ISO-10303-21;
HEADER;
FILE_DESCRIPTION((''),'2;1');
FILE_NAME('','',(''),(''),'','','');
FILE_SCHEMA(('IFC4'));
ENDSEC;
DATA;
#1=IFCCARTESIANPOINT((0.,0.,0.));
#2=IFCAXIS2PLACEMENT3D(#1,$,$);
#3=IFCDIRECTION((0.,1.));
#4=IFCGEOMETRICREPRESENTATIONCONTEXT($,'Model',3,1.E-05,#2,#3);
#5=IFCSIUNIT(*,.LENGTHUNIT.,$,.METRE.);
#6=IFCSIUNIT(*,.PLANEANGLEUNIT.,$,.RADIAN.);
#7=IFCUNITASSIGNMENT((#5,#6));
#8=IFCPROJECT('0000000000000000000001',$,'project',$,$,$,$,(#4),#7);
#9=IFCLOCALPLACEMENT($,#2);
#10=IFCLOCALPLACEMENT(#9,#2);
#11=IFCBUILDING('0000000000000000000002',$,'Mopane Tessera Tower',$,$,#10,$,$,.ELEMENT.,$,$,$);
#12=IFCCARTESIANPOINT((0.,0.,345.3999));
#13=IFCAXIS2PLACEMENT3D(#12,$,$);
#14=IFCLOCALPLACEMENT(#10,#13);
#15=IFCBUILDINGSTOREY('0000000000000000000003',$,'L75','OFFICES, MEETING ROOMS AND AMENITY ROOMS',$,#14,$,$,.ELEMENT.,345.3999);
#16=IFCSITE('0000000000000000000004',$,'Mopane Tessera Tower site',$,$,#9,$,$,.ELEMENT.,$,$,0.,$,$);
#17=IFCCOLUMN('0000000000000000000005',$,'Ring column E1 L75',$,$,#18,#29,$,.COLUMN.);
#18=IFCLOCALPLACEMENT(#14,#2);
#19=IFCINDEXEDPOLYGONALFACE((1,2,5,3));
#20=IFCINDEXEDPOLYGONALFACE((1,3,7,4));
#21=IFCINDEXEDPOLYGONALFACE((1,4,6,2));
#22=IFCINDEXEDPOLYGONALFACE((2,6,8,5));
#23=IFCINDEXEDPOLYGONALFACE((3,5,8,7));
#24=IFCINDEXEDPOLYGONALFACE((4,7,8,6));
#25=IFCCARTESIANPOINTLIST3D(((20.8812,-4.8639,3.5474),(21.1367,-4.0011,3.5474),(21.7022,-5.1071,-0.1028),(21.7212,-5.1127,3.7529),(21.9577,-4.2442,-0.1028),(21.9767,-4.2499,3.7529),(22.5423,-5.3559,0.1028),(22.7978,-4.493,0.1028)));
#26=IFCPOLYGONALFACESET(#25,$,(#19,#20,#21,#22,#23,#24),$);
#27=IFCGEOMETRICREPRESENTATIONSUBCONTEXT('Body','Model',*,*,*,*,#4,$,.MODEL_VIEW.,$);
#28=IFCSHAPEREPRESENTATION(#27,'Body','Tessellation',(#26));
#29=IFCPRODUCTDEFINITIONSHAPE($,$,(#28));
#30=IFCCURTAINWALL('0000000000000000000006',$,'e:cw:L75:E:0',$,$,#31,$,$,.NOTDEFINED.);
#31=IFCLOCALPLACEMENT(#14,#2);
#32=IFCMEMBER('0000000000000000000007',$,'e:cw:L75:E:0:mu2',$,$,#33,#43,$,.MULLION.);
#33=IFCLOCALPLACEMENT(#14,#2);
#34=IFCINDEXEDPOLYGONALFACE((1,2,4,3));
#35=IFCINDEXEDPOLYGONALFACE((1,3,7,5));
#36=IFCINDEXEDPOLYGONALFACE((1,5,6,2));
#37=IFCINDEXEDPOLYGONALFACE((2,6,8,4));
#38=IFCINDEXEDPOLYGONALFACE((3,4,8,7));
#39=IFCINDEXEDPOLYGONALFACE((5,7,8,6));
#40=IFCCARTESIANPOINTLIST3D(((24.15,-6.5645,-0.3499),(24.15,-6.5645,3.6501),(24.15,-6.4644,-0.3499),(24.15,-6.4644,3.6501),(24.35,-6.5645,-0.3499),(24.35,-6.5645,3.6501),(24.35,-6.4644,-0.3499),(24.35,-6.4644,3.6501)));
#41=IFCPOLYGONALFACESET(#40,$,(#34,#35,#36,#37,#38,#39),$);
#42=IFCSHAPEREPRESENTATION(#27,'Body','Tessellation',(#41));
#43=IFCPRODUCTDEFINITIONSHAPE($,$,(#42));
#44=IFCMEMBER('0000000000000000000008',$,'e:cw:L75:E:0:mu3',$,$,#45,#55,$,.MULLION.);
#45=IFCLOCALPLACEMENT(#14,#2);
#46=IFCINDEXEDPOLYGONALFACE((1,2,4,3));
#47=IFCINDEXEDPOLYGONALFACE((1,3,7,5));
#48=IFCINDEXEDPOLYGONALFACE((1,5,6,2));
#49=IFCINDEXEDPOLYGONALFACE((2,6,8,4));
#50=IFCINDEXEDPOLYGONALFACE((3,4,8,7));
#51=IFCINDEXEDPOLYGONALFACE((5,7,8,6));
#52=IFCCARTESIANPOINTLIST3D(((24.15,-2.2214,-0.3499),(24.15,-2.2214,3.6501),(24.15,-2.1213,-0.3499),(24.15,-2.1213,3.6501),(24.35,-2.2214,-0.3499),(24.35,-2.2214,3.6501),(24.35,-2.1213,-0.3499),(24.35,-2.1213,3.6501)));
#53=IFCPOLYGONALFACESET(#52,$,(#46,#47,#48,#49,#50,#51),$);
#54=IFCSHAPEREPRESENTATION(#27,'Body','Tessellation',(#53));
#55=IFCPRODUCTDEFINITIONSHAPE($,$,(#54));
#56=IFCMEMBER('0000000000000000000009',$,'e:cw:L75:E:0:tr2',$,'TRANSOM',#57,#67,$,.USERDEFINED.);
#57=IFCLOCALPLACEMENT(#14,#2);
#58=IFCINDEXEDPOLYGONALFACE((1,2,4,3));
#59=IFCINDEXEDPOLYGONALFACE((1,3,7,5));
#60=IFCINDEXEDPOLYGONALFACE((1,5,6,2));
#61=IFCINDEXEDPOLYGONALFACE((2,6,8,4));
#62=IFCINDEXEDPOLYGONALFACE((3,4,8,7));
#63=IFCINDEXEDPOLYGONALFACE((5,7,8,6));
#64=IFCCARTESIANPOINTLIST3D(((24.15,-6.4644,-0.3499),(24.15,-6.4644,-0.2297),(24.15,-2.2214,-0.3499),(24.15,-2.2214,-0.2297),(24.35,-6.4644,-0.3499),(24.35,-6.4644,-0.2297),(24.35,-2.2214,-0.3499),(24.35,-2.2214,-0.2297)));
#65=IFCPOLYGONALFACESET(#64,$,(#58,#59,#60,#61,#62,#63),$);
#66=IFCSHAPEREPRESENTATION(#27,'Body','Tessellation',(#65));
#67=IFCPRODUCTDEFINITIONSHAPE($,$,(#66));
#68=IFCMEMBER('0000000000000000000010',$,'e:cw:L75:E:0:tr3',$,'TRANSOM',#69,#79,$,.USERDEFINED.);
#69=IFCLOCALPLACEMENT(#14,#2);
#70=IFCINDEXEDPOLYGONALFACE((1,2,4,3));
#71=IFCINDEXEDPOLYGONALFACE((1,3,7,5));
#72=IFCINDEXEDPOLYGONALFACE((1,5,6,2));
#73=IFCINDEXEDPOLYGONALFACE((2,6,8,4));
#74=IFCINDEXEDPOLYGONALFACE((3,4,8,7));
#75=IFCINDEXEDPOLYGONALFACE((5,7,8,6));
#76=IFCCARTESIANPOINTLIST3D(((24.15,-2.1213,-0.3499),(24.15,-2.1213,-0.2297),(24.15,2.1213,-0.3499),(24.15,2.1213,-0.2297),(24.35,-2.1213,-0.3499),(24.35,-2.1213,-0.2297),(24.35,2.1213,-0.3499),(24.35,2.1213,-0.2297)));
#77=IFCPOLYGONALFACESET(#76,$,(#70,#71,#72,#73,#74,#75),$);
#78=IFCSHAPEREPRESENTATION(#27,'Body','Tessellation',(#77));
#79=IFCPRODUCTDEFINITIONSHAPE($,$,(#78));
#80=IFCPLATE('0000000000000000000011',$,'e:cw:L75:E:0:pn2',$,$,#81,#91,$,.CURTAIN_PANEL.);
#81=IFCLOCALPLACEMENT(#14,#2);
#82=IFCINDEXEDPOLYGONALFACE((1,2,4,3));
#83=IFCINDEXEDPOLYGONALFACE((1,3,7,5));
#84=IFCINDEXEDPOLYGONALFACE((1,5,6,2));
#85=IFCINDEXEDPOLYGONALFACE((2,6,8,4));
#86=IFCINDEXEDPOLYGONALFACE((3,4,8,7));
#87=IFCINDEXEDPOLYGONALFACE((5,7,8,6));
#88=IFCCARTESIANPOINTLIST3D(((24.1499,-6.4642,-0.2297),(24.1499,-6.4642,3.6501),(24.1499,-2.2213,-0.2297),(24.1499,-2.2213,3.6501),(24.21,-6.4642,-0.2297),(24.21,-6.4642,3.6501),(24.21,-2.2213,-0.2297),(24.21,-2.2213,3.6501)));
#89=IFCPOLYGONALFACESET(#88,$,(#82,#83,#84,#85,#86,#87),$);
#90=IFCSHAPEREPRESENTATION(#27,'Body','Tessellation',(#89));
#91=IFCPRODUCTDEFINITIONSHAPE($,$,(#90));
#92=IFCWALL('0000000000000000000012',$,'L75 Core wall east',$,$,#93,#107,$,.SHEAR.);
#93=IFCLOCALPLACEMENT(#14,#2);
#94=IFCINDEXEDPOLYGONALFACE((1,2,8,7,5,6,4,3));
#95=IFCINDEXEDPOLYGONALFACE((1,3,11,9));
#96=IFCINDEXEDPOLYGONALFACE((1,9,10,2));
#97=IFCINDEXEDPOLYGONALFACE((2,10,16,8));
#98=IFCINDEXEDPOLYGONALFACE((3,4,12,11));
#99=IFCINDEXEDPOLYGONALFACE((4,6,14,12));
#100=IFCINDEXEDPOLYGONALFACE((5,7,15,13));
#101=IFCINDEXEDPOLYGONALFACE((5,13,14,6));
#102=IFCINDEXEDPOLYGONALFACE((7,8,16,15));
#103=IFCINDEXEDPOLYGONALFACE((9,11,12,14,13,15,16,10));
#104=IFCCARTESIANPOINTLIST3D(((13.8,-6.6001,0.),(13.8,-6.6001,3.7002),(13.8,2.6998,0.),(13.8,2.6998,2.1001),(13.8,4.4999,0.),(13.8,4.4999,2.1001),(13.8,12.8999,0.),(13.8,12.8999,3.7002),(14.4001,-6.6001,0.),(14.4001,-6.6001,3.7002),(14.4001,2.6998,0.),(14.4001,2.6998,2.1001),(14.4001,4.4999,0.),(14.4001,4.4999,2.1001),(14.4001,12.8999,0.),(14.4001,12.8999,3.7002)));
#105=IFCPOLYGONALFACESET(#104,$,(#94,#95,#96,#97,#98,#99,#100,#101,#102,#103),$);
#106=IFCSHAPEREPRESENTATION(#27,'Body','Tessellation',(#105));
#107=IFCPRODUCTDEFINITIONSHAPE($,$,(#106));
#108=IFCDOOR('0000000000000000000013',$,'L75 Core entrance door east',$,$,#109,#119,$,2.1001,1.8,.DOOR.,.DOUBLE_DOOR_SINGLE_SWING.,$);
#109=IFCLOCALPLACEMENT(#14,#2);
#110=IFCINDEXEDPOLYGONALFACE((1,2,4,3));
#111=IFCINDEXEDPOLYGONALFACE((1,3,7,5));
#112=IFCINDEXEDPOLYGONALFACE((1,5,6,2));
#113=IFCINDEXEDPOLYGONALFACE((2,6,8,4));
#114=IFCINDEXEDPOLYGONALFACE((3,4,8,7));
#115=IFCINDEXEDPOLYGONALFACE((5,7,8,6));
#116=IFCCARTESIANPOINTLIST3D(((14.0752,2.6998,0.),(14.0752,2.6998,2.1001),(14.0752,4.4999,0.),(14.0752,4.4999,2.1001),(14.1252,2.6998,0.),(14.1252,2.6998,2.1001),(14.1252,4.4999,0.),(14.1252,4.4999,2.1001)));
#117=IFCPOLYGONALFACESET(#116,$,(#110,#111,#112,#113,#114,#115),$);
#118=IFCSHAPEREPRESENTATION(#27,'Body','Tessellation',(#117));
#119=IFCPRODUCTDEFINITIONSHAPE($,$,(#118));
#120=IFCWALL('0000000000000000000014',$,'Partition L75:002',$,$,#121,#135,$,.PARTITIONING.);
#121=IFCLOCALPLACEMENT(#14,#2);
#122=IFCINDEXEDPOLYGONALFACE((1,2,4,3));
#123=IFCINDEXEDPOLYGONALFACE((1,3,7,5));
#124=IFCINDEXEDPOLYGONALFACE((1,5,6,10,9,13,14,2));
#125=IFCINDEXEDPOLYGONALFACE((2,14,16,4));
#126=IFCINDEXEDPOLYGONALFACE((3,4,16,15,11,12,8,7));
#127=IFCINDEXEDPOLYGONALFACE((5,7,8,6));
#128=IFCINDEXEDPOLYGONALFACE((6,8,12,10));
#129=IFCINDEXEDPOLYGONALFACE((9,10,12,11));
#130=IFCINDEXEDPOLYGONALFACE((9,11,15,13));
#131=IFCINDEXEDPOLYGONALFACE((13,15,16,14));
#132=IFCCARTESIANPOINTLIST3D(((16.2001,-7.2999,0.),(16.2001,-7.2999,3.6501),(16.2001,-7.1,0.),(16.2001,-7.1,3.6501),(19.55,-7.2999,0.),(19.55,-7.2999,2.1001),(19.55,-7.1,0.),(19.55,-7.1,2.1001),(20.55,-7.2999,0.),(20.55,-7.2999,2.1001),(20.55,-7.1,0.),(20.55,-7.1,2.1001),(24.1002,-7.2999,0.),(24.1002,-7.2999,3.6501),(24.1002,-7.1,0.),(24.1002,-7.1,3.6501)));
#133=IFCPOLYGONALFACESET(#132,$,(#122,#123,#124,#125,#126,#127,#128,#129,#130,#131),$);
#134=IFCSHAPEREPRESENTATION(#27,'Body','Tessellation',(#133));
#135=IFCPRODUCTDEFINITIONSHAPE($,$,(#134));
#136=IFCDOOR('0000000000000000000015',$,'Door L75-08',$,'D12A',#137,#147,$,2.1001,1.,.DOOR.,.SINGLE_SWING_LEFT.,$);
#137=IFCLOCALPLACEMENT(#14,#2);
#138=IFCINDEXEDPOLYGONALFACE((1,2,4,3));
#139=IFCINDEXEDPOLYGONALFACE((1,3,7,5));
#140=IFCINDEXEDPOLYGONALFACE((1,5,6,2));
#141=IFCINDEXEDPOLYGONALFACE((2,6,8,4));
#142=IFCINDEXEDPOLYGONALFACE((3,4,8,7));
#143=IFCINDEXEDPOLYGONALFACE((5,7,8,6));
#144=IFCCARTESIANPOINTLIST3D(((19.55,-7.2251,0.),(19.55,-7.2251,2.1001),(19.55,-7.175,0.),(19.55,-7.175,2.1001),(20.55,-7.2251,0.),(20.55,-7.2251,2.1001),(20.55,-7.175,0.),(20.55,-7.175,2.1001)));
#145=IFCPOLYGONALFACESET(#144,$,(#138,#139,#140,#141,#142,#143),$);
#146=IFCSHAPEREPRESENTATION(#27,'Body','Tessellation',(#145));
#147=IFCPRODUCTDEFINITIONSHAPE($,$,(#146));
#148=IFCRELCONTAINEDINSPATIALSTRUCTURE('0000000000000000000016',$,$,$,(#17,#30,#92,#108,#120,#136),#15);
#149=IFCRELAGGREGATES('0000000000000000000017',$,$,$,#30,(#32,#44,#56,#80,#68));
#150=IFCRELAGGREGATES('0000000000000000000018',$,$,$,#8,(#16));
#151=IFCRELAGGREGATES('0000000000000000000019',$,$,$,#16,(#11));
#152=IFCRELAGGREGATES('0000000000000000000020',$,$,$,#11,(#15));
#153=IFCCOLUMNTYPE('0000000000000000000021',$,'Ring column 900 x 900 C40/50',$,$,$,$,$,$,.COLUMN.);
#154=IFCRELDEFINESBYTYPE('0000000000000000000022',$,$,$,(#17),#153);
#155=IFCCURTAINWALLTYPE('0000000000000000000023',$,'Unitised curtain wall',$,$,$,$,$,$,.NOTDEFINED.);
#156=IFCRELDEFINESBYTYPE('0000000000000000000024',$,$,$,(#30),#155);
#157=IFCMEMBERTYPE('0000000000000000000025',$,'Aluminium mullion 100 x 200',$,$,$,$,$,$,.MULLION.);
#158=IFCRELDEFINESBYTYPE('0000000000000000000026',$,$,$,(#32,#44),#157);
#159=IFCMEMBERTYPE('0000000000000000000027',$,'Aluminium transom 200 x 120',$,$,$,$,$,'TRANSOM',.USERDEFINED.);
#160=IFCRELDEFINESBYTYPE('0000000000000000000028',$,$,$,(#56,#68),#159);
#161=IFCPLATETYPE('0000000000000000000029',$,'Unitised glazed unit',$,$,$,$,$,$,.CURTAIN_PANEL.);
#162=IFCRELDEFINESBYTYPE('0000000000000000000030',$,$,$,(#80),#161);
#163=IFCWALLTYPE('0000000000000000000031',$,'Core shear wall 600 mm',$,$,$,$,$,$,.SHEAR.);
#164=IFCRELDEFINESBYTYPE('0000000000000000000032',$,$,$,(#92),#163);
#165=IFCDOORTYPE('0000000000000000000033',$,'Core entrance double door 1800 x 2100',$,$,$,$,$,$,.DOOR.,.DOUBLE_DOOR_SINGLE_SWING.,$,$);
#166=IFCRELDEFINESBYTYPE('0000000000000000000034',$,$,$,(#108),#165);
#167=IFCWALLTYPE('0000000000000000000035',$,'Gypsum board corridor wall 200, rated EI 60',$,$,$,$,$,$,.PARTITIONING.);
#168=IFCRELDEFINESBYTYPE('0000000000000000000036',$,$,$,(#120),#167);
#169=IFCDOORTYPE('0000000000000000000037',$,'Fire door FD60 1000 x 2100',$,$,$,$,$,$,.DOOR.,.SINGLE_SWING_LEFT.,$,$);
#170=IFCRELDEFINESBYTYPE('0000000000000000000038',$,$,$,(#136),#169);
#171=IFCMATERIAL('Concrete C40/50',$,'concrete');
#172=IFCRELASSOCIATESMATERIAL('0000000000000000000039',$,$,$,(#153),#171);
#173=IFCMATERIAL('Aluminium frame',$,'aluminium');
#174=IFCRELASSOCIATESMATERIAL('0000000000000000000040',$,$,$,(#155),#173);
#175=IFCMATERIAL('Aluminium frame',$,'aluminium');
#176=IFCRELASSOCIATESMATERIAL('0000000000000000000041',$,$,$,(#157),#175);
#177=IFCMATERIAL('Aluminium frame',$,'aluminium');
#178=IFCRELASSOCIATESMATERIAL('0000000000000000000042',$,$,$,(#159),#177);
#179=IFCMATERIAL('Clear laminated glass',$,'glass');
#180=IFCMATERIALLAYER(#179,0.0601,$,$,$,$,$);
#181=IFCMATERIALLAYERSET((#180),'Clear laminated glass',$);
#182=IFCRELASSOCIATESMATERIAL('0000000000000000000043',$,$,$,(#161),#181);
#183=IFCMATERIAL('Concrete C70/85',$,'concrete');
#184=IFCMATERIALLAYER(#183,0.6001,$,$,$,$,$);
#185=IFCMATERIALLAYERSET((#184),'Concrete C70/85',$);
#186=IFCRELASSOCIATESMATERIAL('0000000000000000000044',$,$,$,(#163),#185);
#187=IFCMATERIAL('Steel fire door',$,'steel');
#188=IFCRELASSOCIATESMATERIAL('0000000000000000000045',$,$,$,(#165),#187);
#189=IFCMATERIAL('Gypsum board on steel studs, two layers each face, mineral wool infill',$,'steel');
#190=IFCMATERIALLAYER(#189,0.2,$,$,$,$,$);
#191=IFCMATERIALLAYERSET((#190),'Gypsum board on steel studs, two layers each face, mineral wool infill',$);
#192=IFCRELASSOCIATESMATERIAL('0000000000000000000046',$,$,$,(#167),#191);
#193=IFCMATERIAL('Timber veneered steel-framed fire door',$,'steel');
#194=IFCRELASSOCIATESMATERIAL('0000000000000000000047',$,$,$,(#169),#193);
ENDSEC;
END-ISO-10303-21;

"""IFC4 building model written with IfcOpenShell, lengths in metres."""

from ifc_helpers import new_model, si_unit, direction, frame, frame_2d, origin, origin_2d, place, context, subcontext, project, spatial, rectangle, extrude, material, layer, layer_set, material_profile, profile_set, type_object, element, fill, aggregate, save


model = new_model("IFC4")

# Units and contexts
model_context = context("Model", 3, precision=1e-05, world=origin(), true_north=direction((0.0, 1.0)))
body_context = subcontext(model_context, "Body", "Model", "MODEL_VIEW")
ifc_project = project(units=[si_unit("LENGTHUNIT", "METRE"), si_unit("PLANEANGLEUNIT", "RADIAN")], contexts=[model_context])

# Site, building, storey
site_placement = place(None, origin())
site = spatial("IfcSite", under=ifc_project, at=site_placement, Name="Mopane Tessera Tower site", CompositionType="ELEMENT", RefElevation=0.0)
building_placement = place(site_placement, origin())
building = spatial("IfcBuilding", under=site, at=building_placement, Name="Mopane Tessera Tower", CompositionType="ELEMENT")
storey_placement = place(building_placement, frame((0.0, 0.0, 345.3999)))
storey = spatial("IfcBuildingStorey", under=building, at=storey_placement, Name="L75", Description="OFFICES, MEETING ROOMS AND AMENITY ROOMS", CompositionType="ELEMENT", Elevation=345.3999)

# Column
ifc_material_1 = material(Name="Concrete C40/50", Category="concrete")
ifc_material_profile_1 = material_profile(ifc_material_1, rectangle(XDim=0.8999, YDim=0.8999, at=origin_2d()))
ifc_profile_set_1 = profile_set([ifc_material_profile_1], Name="Concrete C40/50")
column_type = type_object("IfcColumnType", Name="Ring column 900 x 900 C40/50", PredefinedType="COLUMN", material=ifc_profile_set_1)
column_placement = place(storey_placement, frame((22.25, -4.8, 0.0), z_axis=(-0.21899, 0.064857, 0.973569), x_axis=(-0.283972, -0.958833, 0.0)))
element("IfcColumn", 1, at=column_placement, inside=storey, type_object=column_type, Name="Ring column E1 L75", PredefinedType="COLUMN", context=body_context, shape_type="SweptSolid", body=[
    extrude(rectangle(XDim=0.8999, YDim=0.8999, at=origin_2d()), origin(), (0.0, 0.0, 1.0), 3.7493),
])

# Curtain wall, members, plate
ifc_material_2 = material(Name="Aluminium frame", Category="aluminium")
curtain_wall_type = type_object("IfcCurtainWallType", Name="Unitised curtain wall", PredefinedType="NOTDEFINED", material=ifc_material_2)
curtain_wall_placement = place(storey_placement, origin())
curtain_wall = element("IfcCurtainWall", 2, at=curtain_wall_placement, inside=storey, type_object=curtain_wall_type, Name="e:cw:L75:E:0", PredefinedType="NOTDEFINED")
ifc_material_3 = material(Name="Aluminium frame", Category="aluminium")
ifc_material_profile_2 = material_profile(ifc_material_3, rectangle(XDim=0.1001, YDim=0.2, at=origin_2d()))
ifc_profile_set_2 = profile_set([ifc_material_profile_2], Name="Aluminium frame")
member_type_1 = type_object("IfcMemberType", Name="Aluminium mullion 100 x 200", PredefinedType="MULLION", material=ifc_profile_set_2)
member_1_placement = place(storey_placement, frame((24.25, -6.5144, -0.3499), z_axis=(0.0, 0.0, 1.0), x_axis=(0.0, 1.0, 0.0)))
member_1 = element("IfcMember", 3, at=member_1_placement, type_object=member_type_1, Name="e:cw:L75:E:0:mu2", PredefinedType="MULLION", context=body_context, shape_type="SweptSolid", body=[
    extrude(rectangle(XDim=0.1001, YDim=0.2, at=origin_2d()), origin(), (0.0, 0.0, 1.0), 4.0),
])
member_2_placement = place(storey_placement, frame((24.25, -2.1714, -0.3499), z_axis=(0.0, 0.0, 1.0), x_axis=(0.0, 1.0, 0.0)))
member_2 = element("IfcMember", 4, at=member_2_placement, type_object=member_type_1, Name="e:cw:L75:E:0:mu3", PredefinedType="MULLION", context=body_context, shape_type="SweptSolid", body=[
    extrude(rectangle(XDim=0.1001, YDim=0.2, at=origin_2d()), origin(), (0.0, 0.0, 1.0), 4.0),
])
ifc_material_4 = material(Name="Aluminium frame", Category="aluminium")
ifc_material_profile_3 = material_profile(ifc_material_4, rectangle(XDim=0.2, YDim=0.1201, at=origin_2d()))
ifc_profile_set_3 = profile_set([ifc_material_profile_3], Name="Aluminium frame")
member_type_2 = type_object("IfcMemberType", Name="Aluminium transom 200 x 120", ElementType="TRANSOM", PredefinedType="USERDEFINED", material=ifc_profile_set_3)
member_3_placement = place(storey_placement, frame((24.25, -6.4644, -0.2898), z_axis=(0.0, 1.0, 0.0), x_axis=(-1.0, 0.0, 0.0)))
member_3 = element("IfcMember", 5, at=member_3_placement, type_object=member_type_2, Name="e:cw:L75:E:0:tr2", ObjectType="TRANSOM", PredefinedType="USERDEFINED", context=body_context, shape_type="SweptSolid", body=[
    extrude(rectangle(XDim=0.2, YDim=0.1201, at=origin_2d()), origin(), (0.0, 0.0, 1.0), 4.2429),
])
member_4_placement = place(storey_placement, frame((24.25, -2.1213, -0.2898), z_axis=(0.0, 1.0, 0.0), x_axis=(-1.0, 0.0, 0.0)))
member_4 = element("IfcMember", 6, at=member_4_placement, type_object=member_type_2, Name="e:cw:L75:E:0:tr3", ObjectType="TRANSOM", PredefinedType="USERDEFINED", context=body_context, shape_type="SweptSolid", body=[
    extrude(rectangle(XDim=0.2, YDim=0.1201, at=origin_2d()), origin(), (0.0, 0.0, 1.0), 4.2427),
])
ifc_material_5 = material(Name="Clear laminated glass", Category="glass")
ifc_layer_1 = layer(ifc_material_5, 0.0601)
ifc_layer_set_1 = layer_set([ifc_layer_1], Name="Clear laminated glass")
plate_type = type_object("IfcPlateType", Name="Unitised glazed unit", PredefinedType="CURTAIN_PANEL", material=ifc_layer_set_1)
plate_placement = place(storey_placement, frame((24.1799, -4.3428, -0.2297), z_axis=(0.0, 0.0, 1.0), x_axis=(0.0, 1.0, 0.0)))
plate = element("IfcPlate", 7, at=plate_placement, type_object=plate_type, Name="e:cw:L75:E:0:pn2", PredefinedType="CURTAIN_PANEL", context=body_context, shape_type="SweptSolid", body=[
    extrude(rectangle(XDim=4.2429, YDim=0.0601, at=origin_2d()), origin(), (0.0, 0.0, 1.0), 3.8799),
])
aggregate(curtain_wall, [member_1, member_2, member_3, plate, member_4])

# Walls, openings, doors
ifc_material_6 = material(Name="Concrete C70/85", Category="concrete")
ifc_layer_2 = layer(ifc_material_6, 0.6001)
ifc_layer_set_2 = layer_set([ifc_layer_2], Name="Concrete C70/85")
wall_type_1 = type_object("IfcWallType", Name="Core shear wall 600 mm", PredefinedType="SHEAR", material=ifc_layer_set_2)
wall_1_placement = place(storey_placement, frame((14.1001, -6.6001, 0.0), z_axis=(0.0, 0.0, 1.0), x_axis=(0.0, 1.0, 0.0)))
wall_1 = element("IfcWall", 8, at=wall_1_placement, inside=storey, type_object=wall_type_1, Name="L75 Core wall east", PredefinedType="SHEAR", context=body_context, shape_type="SweptSolid", body=[
    extrude(rectangle(XDim=19.5, YDim=0.6001, at=frame_2d((9.75, 0.0))), origin(), (0.0, 0.0, 1.0), 3.7002),
])
opening_1_placement = place(wall_1_placement, frame((9.3, 0.0, 0.0)))
opening_1 = element("IfcOpeningElement", 9, at=opening_1_placement, cuts=wall_1, PredefinedType="OPENING", context=body_context, shape_type="SweptSolid", body=[
    extrude(rectangle(XDim=1.8, YDim=2.1001, at=frame_2d((0.8999, 1.05))), frame((0.0, 0.312, 0.0), z_axis=(0.0, -1.0, 0.0), x_axis=(1.0, 0.0, 0.0)), (0.0, 0.0, 1.0), 0.624),
])
ifc_material_7 = material(Name="Steel fire door", Category="steel")
door_type_1 = type_object("IfcDoorType", Name="Core entrance double door 1800 x 2100", OperationType="DOUBLE_DOOR_SINGLE_SWING", PredefinedType="DOOR", material=ifc_material_7)
door_1_placement = place(opening_1_placement, origin())
door_1 = element("IfcDoor", 10, at=door_1_placement, inside=storey, type_object=door_type_1, Name="L75 Core entrance door east", OperationType="DOUBLE_DOOR_SINGLE_SWING", OverallHeight=2.1001, OverallWidth=1.8, PredefinedType="DOOR", context=body_context, shape_type="SweptSolid", body=[
    extrude(rectangle(XDim=1.8, YDim=2.1001, at=frame_2d((0.8999, 1.05))), frame((0.0, 0.0249, 0.0), z_axis=(0.0, -1.0, 0.0), x_axis=(1.0, 0.0, 0.0)), (0.0, 0.0, 1.0), 0.05),
])
fill(opening_1, door_1)
ifc_material_8 = material(Name="Gypsum board on steel studs, two layers each face, mineral wool infill", Category="steel")
ifc_layer_3 = layer(ifc_material_8, 0.2)
ifc_layer_set_3 = layer_set([ifc_layer_3], Name="Gypsum board on steel studs, two layers each face, mineral wool infill")
wall_type_2 = type_object("IfcWallType", Name="Gypsum board corridor wall 200, rated EI 60", PredefinedType="PARTITIONING", material=ifc_layer_set_3)
wall_2_placement = place(storey_placement, frame((16.2, -7.2, 0.0), z_axis=(0.0, 0.0, 1.0), x_axis=(1.0, 0.0, 0.0)))
wall_2 = element("IfcWall", 11, at=wall_2_placement, inside=storey, type_object=wall_type_2, Name="Partition L75:002", PredefinedType="PARTITIONING", context=body_context, shape_type="SweptSolid", body=[
    extrude(rectangle(XDim=7.9001, YDim=0.2, at=frame_2d((3.9502, 0.0))), origin(), (0.0, 0.0, 1.0), 3.6501),
])
opening_2_placement = place(wall_2_placement, frame((3.3501, 0.0, 0.0)))
opening_2 = element("IfcOpeningElement", 12, at=opening_2_placement, cuts=wall_2, PredefinedType="OPENING", context=body_context, shape_type="SweptSolid", body=[
    extrude(rectangle(XDim=1.0, YDim=2.1001, at=frame_2d((0.5, 1.05))), frame((0.0, 0.1121, 0.0), z_axis=(0.0, -1.0, 0.0), x_axis=(1.0, 0.0, 0.0)), (0.0, 0.0, 1.0), 0.2239),
])
ifc_material_9 = material(Name="Timber veneered steel-framed fire door", Category="steel")
door_type_2 = type_object("IfcDoorType", Name="Fire door FD60 1000 x 2100", OperationType="SINGLE_SWING_LEFT", PredefinedType="DOOR", material=ifc_material_9)
door_2_placement = place(opening_2_placement, origin())
door_2 = element("IfcDoor", 13, at=door_2_placement, inside=storey, type_object=door_type_2, Name="Door L75-08", ObjectType="D12A", OperationType="SINGLE_SWING_LEFT", OverallHeight=2.1001, OverallWidth=1.0, PredefinedType="DOOR", context=body_context, shape_type="SweptSolid", body=[
    extrude(rectangle(XDim=1.0, YDim=2.1001, at=frame_2d((0.5, 1.05))), frame((0.0, 0.0249, 0.0), z_axis=(0.0, -1.0, 0.0), x_axis=(1.0, 0.0, 0.0)), (0.0, 0.0, 1.0), 0.05),
])
fill(opening_2, door_2)

save(model, "model.ifc")
